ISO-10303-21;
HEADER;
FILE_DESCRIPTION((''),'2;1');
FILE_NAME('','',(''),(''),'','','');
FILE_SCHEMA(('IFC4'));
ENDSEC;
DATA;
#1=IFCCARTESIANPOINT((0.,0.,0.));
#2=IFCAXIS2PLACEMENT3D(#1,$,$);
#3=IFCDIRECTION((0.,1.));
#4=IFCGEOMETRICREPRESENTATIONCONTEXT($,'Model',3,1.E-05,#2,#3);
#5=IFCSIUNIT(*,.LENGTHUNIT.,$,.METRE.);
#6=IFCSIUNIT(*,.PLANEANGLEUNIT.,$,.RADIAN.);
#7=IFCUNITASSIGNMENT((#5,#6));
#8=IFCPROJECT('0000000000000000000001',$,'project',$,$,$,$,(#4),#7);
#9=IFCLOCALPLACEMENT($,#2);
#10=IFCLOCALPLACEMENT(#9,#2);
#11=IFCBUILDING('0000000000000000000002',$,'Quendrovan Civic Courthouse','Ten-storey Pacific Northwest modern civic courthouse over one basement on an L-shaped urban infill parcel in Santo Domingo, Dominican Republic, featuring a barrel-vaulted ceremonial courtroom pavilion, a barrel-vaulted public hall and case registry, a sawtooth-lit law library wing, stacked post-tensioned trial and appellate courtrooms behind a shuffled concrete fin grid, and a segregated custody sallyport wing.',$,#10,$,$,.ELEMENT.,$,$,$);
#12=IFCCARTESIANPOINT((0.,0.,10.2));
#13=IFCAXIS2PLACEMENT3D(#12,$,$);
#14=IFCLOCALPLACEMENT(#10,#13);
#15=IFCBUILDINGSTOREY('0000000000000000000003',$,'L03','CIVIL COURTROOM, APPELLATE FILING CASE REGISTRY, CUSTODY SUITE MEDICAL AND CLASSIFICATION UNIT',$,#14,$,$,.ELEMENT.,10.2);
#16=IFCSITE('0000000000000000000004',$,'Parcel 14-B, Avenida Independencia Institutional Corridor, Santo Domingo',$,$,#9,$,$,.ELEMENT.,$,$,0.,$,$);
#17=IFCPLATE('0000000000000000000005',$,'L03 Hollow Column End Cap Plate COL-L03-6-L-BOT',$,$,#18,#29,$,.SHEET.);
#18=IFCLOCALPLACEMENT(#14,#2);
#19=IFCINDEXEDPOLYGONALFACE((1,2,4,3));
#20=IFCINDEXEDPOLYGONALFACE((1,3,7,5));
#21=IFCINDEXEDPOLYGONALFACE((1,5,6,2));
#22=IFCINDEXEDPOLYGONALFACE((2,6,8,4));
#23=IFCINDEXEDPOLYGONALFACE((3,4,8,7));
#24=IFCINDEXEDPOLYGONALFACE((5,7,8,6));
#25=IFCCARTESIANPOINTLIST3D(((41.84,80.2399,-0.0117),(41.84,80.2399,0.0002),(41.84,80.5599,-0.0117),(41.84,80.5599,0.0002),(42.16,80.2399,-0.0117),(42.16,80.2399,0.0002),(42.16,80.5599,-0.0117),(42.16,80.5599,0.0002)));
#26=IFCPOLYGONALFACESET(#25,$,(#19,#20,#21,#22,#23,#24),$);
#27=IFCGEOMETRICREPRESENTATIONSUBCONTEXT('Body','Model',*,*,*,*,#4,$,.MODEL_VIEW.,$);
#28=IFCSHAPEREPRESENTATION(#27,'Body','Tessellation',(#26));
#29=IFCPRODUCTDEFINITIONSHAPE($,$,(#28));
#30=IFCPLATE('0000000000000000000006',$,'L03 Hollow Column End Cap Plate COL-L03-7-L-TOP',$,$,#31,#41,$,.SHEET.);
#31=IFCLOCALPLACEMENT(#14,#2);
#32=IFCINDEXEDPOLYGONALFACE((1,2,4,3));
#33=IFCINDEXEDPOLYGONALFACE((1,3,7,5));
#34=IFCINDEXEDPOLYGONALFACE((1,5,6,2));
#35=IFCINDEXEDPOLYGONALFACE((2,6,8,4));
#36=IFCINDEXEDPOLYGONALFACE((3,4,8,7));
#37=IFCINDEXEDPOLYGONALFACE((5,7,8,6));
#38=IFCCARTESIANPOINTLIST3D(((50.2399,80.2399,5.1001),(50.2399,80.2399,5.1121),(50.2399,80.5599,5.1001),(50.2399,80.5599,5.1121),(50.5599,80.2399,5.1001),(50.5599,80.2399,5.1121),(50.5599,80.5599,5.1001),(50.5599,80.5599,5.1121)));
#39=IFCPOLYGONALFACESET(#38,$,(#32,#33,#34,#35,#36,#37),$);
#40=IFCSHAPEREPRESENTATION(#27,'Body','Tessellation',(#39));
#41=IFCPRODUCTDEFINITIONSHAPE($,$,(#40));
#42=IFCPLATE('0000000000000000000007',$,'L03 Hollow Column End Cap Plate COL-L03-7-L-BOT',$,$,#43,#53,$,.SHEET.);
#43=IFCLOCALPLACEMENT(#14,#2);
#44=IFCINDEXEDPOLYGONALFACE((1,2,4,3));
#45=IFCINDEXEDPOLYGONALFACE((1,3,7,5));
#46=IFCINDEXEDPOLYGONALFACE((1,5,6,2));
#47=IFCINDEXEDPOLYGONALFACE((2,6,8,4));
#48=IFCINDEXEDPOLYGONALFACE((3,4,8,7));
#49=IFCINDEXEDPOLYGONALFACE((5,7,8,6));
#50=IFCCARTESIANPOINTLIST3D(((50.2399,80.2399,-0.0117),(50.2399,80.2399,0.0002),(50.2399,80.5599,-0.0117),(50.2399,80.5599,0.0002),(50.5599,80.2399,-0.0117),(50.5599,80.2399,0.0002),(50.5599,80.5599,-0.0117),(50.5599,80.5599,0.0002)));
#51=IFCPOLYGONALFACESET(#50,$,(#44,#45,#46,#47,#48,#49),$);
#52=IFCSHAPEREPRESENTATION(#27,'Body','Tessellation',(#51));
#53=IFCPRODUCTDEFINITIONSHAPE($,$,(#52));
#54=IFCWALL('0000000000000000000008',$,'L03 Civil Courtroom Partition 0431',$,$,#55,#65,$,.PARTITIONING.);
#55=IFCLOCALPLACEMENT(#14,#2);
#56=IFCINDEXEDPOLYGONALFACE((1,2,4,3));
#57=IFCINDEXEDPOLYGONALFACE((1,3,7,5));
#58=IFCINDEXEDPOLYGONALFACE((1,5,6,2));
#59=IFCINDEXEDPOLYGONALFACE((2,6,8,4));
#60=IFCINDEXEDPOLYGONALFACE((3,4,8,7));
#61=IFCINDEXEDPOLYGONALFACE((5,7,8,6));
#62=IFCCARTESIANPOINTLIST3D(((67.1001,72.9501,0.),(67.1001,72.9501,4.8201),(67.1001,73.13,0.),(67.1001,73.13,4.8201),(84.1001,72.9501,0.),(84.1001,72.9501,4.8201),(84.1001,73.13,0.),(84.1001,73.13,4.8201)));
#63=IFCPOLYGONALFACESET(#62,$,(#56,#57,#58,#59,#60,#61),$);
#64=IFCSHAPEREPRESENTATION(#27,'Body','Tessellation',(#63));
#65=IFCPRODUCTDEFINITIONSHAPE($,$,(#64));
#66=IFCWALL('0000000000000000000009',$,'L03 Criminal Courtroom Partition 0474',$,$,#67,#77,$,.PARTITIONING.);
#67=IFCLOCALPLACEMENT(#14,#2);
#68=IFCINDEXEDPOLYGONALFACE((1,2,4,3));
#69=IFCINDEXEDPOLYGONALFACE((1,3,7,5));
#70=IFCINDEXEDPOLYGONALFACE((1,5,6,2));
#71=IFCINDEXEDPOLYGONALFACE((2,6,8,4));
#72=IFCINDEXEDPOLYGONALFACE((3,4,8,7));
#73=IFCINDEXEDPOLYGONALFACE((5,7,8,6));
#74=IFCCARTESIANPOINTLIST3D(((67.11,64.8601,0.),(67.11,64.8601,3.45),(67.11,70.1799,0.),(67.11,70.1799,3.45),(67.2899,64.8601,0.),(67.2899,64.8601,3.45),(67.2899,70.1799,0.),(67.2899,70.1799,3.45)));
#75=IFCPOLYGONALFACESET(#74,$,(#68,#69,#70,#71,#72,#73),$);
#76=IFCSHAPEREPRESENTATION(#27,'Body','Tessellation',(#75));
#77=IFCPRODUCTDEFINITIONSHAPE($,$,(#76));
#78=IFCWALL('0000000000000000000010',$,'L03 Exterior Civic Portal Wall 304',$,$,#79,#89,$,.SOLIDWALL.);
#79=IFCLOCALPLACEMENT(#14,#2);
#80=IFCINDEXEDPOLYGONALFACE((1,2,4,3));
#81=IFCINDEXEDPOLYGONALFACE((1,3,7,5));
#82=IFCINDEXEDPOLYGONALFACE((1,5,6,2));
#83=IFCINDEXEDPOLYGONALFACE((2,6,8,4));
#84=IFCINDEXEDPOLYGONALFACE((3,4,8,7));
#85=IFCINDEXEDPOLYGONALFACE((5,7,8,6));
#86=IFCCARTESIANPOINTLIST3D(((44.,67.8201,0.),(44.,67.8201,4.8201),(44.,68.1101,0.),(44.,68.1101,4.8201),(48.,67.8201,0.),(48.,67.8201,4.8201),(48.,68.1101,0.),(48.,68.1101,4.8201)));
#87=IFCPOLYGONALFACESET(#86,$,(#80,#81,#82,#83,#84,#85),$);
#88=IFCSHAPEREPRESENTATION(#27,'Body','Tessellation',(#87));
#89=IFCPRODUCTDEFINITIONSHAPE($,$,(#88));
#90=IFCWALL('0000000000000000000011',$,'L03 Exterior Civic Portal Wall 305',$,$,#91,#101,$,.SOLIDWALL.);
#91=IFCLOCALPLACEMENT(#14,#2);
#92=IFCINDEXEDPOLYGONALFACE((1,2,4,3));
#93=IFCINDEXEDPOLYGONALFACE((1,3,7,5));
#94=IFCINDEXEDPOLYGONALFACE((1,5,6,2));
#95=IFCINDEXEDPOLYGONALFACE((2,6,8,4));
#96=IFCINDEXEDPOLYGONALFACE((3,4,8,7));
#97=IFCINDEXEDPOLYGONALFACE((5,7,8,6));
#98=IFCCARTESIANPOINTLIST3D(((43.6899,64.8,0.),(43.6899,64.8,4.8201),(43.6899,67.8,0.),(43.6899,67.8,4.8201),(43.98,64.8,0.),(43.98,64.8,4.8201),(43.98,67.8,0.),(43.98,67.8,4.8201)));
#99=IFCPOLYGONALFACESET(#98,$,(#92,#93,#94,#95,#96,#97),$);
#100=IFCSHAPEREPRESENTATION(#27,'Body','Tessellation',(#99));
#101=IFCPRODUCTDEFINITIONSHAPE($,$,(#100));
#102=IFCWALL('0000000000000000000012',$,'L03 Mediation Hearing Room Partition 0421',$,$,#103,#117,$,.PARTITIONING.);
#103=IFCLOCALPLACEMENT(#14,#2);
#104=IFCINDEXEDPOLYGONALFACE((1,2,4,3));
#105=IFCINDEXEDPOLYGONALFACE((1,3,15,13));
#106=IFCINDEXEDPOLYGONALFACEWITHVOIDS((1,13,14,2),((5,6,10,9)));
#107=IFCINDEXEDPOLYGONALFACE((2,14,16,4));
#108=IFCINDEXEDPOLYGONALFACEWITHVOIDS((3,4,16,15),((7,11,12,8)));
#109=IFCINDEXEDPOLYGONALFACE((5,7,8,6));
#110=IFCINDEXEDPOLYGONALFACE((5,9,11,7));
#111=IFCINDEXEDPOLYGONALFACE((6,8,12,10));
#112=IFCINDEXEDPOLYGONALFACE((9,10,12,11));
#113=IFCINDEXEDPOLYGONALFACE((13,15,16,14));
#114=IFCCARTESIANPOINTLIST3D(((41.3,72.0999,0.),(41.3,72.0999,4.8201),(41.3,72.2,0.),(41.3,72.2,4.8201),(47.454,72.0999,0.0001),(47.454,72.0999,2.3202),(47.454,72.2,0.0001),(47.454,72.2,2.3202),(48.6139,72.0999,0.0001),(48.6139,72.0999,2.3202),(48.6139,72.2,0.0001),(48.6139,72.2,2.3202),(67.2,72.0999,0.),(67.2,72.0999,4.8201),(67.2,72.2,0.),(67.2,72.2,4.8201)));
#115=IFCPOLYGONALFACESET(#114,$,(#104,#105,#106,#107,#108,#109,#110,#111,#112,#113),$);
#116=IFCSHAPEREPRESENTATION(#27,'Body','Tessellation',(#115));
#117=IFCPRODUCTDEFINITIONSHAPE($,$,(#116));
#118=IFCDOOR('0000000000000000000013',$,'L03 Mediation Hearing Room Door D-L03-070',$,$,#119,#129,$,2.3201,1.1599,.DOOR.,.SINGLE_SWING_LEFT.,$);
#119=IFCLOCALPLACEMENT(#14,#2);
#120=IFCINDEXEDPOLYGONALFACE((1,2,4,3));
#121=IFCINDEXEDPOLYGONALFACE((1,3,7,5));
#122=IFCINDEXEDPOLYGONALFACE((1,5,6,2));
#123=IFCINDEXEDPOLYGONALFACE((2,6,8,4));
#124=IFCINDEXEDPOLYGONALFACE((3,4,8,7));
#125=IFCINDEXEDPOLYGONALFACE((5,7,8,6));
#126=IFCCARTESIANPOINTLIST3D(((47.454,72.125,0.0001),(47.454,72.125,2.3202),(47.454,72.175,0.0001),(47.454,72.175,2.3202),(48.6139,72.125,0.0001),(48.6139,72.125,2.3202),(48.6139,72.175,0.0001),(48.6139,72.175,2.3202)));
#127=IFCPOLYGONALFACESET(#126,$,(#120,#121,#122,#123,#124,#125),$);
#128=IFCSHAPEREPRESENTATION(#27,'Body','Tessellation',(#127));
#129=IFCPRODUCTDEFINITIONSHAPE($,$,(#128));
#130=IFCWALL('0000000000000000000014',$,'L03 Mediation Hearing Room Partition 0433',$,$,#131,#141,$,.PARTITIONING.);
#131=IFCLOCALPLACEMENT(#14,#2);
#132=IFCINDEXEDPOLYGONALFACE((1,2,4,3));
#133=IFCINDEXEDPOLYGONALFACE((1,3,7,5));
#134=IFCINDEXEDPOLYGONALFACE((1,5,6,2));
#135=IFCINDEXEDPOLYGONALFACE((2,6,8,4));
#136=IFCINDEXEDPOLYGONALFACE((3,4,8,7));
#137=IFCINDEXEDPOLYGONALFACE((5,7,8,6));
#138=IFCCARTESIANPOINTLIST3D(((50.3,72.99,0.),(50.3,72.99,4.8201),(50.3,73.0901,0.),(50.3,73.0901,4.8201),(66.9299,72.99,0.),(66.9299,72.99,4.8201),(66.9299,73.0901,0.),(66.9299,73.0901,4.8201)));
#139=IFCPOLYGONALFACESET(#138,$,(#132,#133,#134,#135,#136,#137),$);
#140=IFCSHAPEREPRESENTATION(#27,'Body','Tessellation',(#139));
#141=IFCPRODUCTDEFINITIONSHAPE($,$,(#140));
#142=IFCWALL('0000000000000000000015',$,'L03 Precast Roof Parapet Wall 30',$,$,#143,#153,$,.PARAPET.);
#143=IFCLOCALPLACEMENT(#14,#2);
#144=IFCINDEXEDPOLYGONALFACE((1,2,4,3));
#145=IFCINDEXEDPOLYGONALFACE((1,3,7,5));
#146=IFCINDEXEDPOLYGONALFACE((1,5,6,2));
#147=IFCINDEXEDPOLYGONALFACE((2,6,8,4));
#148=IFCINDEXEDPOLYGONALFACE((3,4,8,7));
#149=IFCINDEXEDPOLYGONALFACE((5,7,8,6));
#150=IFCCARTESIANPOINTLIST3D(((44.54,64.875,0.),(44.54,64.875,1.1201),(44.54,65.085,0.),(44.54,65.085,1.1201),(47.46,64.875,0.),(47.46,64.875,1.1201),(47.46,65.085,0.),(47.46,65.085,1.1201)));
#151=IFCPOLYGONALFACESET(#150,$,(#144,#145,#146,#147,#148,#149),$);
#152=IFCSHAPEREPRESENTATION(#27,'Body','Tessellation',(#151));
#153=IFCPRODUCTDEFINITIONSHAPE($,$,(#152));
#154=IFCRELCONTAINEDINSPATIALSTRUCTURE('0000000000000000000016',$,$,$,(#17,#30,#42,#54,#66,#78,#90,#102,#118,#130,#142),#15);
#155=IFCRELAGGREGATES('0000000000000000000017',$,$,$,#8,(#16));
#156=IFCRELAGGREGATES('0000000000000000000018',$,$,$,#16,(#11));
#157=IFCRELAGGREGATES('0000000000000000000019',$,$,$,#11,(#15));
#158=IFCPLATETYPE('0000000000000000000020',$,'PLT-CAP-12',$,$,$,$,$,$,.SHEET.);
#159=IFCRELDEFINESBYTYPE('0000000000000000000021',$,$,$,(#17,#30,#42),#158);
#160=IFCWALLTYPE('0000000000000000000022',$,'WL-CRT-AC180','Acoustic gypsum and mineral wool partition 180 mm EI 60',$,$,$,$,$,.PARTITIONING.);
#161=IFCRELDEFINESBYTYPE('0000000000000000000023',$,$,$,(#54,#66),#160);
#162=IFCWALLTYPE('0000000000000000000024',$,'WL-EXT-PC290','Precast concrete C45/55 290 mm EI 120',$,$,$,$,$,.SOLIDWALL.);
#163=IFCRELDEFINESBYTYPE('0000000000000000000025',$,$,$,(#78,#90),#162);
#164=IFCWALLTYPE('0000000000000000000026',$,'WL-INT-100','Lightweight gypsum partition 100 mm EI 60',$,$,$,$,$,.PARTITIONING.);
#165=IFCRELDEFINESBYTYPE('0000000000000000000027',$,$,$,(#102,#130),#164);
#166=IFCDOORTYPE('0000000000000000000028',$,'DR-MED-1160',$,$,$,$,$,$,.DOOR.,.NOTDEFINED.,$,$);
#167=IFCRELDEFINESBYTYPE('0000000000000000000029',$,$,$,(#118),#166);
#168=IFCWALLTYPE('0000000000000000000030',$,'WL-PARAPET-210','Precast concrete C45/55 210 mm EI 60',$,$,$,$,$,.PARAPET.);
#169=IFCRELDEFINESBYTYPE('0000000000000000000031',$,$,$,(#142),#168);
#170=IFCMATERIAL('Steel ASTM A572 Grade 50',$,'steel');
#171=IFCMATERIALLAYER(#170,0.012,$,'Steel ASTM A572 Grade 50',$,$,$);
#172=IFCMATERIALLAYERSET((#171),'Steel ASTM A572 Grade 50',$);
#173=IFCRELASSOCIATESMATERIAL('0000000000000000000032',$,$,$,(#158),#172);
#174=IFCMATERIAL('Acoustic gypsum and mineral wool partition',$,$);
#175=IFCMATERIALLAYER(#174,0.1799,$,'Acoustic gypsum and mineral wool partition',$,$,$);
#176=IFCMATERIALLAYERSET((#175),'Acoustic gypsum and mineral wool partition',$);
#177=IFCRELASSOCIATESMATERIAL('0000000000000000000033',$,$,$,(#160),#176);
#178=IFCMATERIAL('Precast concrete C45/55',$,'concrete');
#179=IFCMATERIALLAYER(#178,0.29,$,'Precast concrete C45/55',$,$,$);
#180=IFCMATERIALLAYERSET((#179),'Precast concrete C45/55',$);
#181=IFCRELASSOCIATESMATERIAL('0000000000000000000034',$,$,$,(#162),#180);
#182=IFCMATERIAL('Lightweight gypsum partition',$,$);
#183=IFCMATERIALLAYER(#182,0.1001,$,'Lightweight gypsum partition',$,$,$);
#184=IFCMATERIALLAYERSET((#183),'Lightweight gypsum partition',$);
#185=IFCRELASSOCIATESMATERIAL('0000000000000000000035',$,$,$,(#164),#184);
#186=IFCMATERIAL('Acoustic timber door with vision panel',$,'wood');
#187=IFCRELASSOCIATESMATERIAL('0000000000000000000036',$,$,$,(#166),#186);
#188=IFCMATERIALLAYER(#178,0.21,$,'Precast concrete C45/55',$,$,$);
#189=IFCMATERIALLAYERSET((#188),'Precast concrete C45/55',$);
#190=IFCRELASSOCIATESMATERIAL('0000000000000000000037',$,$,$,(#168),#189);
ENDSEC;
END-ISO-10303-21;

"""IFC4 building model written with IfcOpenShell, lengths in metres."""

from ifc_helpers import new_model, si_unit, direction, frame, frame_2d, origin, origin_2d, place, context, subcontext, project, spatial, rectangle, extrude, material, layer, layer_set, type_object, element, fill, save


model = new_model("IFC4")

# Units and contexts
model_context = context("Model", 3, precision=1e-05, world=origin(), true_north=direction((0.0, 1.0)))
body_context = subcontext(model_context, "Body", "Model", "MODEL_VIEW")
ifc_project = project(units=[si_unit("LENGTHUNIT", "METRE"), si_unit("PLANEANGLEUNIT", "RADIAN")], contexts=[model_context])

# Site, building, storey
site_placement = place(None, origin())
site = spatial("IfcSite", under=ifc_project, at=site_placement, Name="Parcel 14-B, Avenida Independencia Institutional Corridor, Santo Domingo", CompositionType="ELEMENT", RefElevation=0.0)
building_placement = place(site_placement, origin())
building = spatial("IfcBuilding", under=site, at=building_placement, Name="Quendrovan Civic Courthouse", Description="Ten-storey Pacific Northwest modern civic courthouse over one basement on an L-shaped urban infill parcel in Santo Domingo, Dominican Republic, featuring a barrel-vaulted ceremonial courtroom pavilion, a barrel-vaulted public hall and case registry, a sawtooth-lit law library wing, stacked post-tensioned trial and appellate courtrooms behind a shuffled concrete fin grid, and a segregated custody sallyport wing.", CompositionType="ELEMENT")
storey_placement = place(building_placement, frame((0.0, 0.0, 10.2)))
storey = spatial("IfcBuildingStorey", under=building, at=storey_placement, Name="L03", Description="CIVIL COURTROOM, APPELLATE FILING CASE REGISTRY, CUSTODY SUITE MEDICAL AND CLASSIFICATION UNIT", CompositionType="ELEMENT", Elevation=10.2)

# Plates
ifc_material_1 = material(Name="Steel ASTM A572 Grade 50", Category="steel")
ifc_layer_1 = layer(ifc_material_1, 0.012, Name="Steel ASTM A572 Grade 50")
ifc_layer_set_1 = layer_set([ifc_layer_1], Name="Steel ASTM A572 Grade 50")
plate_type = type_object("IfcPlateType", Name="PLT-CAP-12", PredefinedType="SHEET", material=ifc_layer_set_1)
for number, where, z_axis, x_axis, name in (
    (1, (42.0, 80.3999, -0.0117), (0.0, 0.0, 1.0), (1.0, 0.0, 0.0), "L03 Hollow Column End Cap Plate COL-L03-6-L-BOT"),
    (2, (50.3999, 80.3999, 5.1001), (0.0, 0.0, 1.0), (1.0, 0.0, 0.0), "L03 Hollow Column End Cap Plate COL-L03-7-L-TOP"),
    (3, (50.3999, 80.3999, -0.0117), (0.0, 0.0, 1.0), (1.0, 0.0, 0.0), "L03 Hollow Column End Cap Plate COL-L03-7-L-BOT"),
):
    element("IfcPlate", number, at=place(storey_placement, frame(where, z_axis=z_axis, x_axis=x_axis)), inside=storey, type_object=plate_type, Name=name, PredefinedType="SHEET", context=body_context, shape_type="SweptSolid", body=[
        extrude(rectangle(XDim=0.3201, YDim=0.3201, at=origin_2d()), origin(), (0.0, 0.0, 1.0), 0.012),
    ])

# Walls
ifc_material_2 = material(Name="Acoustic gypsum and mineral wool partition")
ifc_layer_2 = layer(ifc_material_2, 0.1799, Name="Acoustic gypsum and mineral wool partition")
ifc_layer_set_2 = layer_set([ifc_layer_2], Name="Acoustic gypsum and mineral wool partition")
wall_type_1 = type_object("IfcWallType", Name="WL-CRT-AC180", Description="Acoustic gypsum and mineral wool partition 180 mm EI 60", PredefinedType="PARTITIONING", material=ifc_layer_set_2)
wall_1_placement = place(storey_placement, frame((67.1001, 73.04, 0.0), z_axis=(0.0, 0.0, 1.0), x_axis=(1.0, 0.0, 0.0)))
element("IfcWall", 4, at=wall_1_placement, inside=storey, type_object=wall_type_1, Name="L03 Civil Courtroom Partition 0431", PredefinedType="PARTITIONING", context=body_context, shape_type="SweptSolid", body=[
    extrude(rectangle(XDim=17.0, YDim=0.1799, at=frame_2d((8.5, 0.0))), origin(), (0.0, 0.0, 1.0), 4.8201),
])
wall_2_placement = place(storey_placement, frame((67.2, 70.1799, 0.0), z_axis=(0.0, 0.0, 1.0), x_axis=(0.0, -1.0, 0.0)))
element("IfcWall", 5, at=wall_2_placement, inside=storey, type_object=wall_type_1, Name="L03 Criminal Courtroom Partition 0474", PredefinedType="PARTITIONING", context=body_context, shape_type="SweptSolid", body=[
    extrude(rectangle(XDim=5.3198, YDim=0.1799, at=frame_2d((2.6599, 0.0))), origin(), (0.0, 0.0, 1.0), 3.45),
])
ifc_material_3 = material(Name="Precast concrete C45/55", Category="concrete")
ifc_layer_3 = layer(ifc_material_3, 0.29, Name="Precast concrete C45/55")
ifc_layer_set_3 = layer_set([ifc_layer_3], Name="Precast concrete C45/55")
wall_type_2 = type_object("IfcWallType", Name="WL-EXT-PC290", Description="Precast concrete C45/55 290 mm EI 120", PredefinedType="SOLIDWALL", material=ifc_layer_set_3)
wall_3_placement = place(storey_placement, frame((48.0, 67.9651, 0.0), z_axis=(0.0, 0.0, 1.0), x_axis=(-1.0, 0.0, 0.0)))
element("IfcWall", 6, at=wall_3_placement, inside=storey, type_object=wall_type_2, Name="L03 Exterior Civic Portal Wall 304", PredefinedType="SOLIDWALL", context=body_context, shape_type="SweptSolid", body=[
    extrude(rectangle(XDim=4.0, YDim=0.29, at=frame_2d((2.0, 0.0))), origin(), (0.0, 0.0, 1.0), 4.8201),
])
wall_4_placement = place(storey_placement, frame((43.835, 67.8, 0.0), z_axis=(0.0, 0.0, 1.0), x_axis=(0.0, -1.0, 0.0)))
element("IfcWall", 7, at=wall_4_placement, inside=storey, type_object=wall_type_2, Name="L03 Exterior Civic Portal Wall 305", PredefinedType="SOLIDWALL", context=body_context, shape_type="SweptSolid", body=[
    extrude(rectangle(XDim=3.0, YDim=0.29, at=frame_2d((1.5, 0.0))), origin(), (0.0, 0.0, 1.0), 4.8201),
])

# Wall, opening, door
ifc_material_4 = material(Name="Lightweight gypsum partition")
ifc_layer_4 = layer(ifc_material_4, 0.1001, Name="Lightweight gypsum partition")
ifc_layer_set_4 = layer_set([ifc_layer_4], Name="Lightweight gypsum partition")
wall_type_3 = type_object("IfcWallType", Name="WL-INT-100", Description="Lightweight gypsum partition 100 mm EI 60", PredefinedType="PARTITIONING", material=ifc_layer_set_4)
wall_5_placement = place(storey_placement, frame((67.2, 72.1499, 0.0), z_axis=(0.0, 0.0, 1.0), x_axis=(-1.0, 0.0, 0.0)))
wall_5 = element("IfcWall", 8, at=wall_5_placement, inside=storey, type_object=wall_type_3, Name="L03 Mediation Hearing Room Partition 0421", PredefinedType="PARTITIONING", context=body_context, shape_type="SweptSolid", body=[
    extrude(rectangle(XDim=25.8999, YDim=0.1001, at=frame_2d((12.95, 0.0))), origin(), (0.0, 0.0, 1.0), 4.8201),
])
opening_placement = place(wall_5_placement, frame((18.5859, 0.0, 0.0)))
opening = element("IfcOpeningElement", 9, at=opening_placement, cuts=wall_5, PredefinedType="OPENING", context=body_context, shape_type="SweptSolid", body=[
    extrude(rectangle(XDim=1.1599, YDim=2.3201, at=frame_2d((0.5801, 1.1602))), frame((0.0, 0.0601, 0.0), z_axis=(0.0, -1.0, 0.0), x_axis=(1.0, 0.0, 0.0)), (0.0, 0.0, 1.0), 0.1201),
])
ifc_material_5 = material(Name="Acoustic timber door with vision panel", Category="wood")
door_type = type_object("IfcDoorType", Name="DR-MED-1160", OperationType="NOTDEFINED", PredefinedType="DOOR", material=ifc_material_5)
door_placement = place(opening_placement, origin())
door = element("IfcDoor", 10, at=door_placement, inside=storey, type_object=door_type, Name="L03 Mediation Hearing Room Door D-L03-070", OperationType="SINGLE_SWING_LEFT", OverallHeight=2.3201, OverallWidth=1.1599, PredefinedType="DOOR", context=body_context, shape_type="SweptSolid", body=[
    extrude(rectangle(XDim=1.1599, YDim=2.3201, at=frame_2d((0.5801, 1.1602))), frame((0.0, 0.0249, 0.0), z_axis=(0.0, -1.0, 0.0), x_axis=(1.0, 0.0, 0.0)), (0.0, 0.0, 1.0), 0.05),
])
fill(opening, door)

# Walls
wall_6_placement = place(storey_placement, frame((50.3, 73.04, 0.0), z_axis=(0.0, 0.0, 1.0), x_axis=(1.0, 0.0, 0.0)))
element("IfcWall", 11, at=wall_6_placement, inside=storey, type_object=wall_type_3, Name="L03 Mediation Hearing Room Partition 0433", PredefinedType="PARTITIONING", context=body_context, shape_type="SweptSolid", body=[
    extrude(rectangle(XDim=16.6299, YDim=0.1001, at=frame_2d((8.3149, 0.0))), origin(), (0.0, 0.0, 1.0), 4.8201),
])
ifc_layer_5 = layer(ifc_material_3, 0.21, Name="Precast concrete C45/55")
ifc_layer_set_5 = layer_set([ifc_layer_5], Name="Precast concrete C45/55")
wall_type_4 = type_object("IfcWallType", Name="WL-PARAPET-210", Description="Precast concrete C45/55 210 mm EI 60", PredefinedType="PARAPET", material=ifc_layer_set_5)
wall_7_placement = place(storey_placement, frame((47.46, 64.98, 0.0), z_axis=(0.0, 0.0, 1.0), x_axis=(-1.0, 0.0, 0.0)))
element("IfcWall", 12, at=wall_7_placement, inside=storey, type_object=wall_type_4, Name="L03 Precast Roof Parapet Wall 30", PredefinedType="PARAPET", context=body_context, shape_type="SweptSolid", body=[
    extrude(rectangle(XDim=2.9199, YDim=0.21, at=frame_2d((1.46, 0.0))), origin(), (0.0, 0.0, 1.0), 1.1201),
])

save(model, "model.ifc")
